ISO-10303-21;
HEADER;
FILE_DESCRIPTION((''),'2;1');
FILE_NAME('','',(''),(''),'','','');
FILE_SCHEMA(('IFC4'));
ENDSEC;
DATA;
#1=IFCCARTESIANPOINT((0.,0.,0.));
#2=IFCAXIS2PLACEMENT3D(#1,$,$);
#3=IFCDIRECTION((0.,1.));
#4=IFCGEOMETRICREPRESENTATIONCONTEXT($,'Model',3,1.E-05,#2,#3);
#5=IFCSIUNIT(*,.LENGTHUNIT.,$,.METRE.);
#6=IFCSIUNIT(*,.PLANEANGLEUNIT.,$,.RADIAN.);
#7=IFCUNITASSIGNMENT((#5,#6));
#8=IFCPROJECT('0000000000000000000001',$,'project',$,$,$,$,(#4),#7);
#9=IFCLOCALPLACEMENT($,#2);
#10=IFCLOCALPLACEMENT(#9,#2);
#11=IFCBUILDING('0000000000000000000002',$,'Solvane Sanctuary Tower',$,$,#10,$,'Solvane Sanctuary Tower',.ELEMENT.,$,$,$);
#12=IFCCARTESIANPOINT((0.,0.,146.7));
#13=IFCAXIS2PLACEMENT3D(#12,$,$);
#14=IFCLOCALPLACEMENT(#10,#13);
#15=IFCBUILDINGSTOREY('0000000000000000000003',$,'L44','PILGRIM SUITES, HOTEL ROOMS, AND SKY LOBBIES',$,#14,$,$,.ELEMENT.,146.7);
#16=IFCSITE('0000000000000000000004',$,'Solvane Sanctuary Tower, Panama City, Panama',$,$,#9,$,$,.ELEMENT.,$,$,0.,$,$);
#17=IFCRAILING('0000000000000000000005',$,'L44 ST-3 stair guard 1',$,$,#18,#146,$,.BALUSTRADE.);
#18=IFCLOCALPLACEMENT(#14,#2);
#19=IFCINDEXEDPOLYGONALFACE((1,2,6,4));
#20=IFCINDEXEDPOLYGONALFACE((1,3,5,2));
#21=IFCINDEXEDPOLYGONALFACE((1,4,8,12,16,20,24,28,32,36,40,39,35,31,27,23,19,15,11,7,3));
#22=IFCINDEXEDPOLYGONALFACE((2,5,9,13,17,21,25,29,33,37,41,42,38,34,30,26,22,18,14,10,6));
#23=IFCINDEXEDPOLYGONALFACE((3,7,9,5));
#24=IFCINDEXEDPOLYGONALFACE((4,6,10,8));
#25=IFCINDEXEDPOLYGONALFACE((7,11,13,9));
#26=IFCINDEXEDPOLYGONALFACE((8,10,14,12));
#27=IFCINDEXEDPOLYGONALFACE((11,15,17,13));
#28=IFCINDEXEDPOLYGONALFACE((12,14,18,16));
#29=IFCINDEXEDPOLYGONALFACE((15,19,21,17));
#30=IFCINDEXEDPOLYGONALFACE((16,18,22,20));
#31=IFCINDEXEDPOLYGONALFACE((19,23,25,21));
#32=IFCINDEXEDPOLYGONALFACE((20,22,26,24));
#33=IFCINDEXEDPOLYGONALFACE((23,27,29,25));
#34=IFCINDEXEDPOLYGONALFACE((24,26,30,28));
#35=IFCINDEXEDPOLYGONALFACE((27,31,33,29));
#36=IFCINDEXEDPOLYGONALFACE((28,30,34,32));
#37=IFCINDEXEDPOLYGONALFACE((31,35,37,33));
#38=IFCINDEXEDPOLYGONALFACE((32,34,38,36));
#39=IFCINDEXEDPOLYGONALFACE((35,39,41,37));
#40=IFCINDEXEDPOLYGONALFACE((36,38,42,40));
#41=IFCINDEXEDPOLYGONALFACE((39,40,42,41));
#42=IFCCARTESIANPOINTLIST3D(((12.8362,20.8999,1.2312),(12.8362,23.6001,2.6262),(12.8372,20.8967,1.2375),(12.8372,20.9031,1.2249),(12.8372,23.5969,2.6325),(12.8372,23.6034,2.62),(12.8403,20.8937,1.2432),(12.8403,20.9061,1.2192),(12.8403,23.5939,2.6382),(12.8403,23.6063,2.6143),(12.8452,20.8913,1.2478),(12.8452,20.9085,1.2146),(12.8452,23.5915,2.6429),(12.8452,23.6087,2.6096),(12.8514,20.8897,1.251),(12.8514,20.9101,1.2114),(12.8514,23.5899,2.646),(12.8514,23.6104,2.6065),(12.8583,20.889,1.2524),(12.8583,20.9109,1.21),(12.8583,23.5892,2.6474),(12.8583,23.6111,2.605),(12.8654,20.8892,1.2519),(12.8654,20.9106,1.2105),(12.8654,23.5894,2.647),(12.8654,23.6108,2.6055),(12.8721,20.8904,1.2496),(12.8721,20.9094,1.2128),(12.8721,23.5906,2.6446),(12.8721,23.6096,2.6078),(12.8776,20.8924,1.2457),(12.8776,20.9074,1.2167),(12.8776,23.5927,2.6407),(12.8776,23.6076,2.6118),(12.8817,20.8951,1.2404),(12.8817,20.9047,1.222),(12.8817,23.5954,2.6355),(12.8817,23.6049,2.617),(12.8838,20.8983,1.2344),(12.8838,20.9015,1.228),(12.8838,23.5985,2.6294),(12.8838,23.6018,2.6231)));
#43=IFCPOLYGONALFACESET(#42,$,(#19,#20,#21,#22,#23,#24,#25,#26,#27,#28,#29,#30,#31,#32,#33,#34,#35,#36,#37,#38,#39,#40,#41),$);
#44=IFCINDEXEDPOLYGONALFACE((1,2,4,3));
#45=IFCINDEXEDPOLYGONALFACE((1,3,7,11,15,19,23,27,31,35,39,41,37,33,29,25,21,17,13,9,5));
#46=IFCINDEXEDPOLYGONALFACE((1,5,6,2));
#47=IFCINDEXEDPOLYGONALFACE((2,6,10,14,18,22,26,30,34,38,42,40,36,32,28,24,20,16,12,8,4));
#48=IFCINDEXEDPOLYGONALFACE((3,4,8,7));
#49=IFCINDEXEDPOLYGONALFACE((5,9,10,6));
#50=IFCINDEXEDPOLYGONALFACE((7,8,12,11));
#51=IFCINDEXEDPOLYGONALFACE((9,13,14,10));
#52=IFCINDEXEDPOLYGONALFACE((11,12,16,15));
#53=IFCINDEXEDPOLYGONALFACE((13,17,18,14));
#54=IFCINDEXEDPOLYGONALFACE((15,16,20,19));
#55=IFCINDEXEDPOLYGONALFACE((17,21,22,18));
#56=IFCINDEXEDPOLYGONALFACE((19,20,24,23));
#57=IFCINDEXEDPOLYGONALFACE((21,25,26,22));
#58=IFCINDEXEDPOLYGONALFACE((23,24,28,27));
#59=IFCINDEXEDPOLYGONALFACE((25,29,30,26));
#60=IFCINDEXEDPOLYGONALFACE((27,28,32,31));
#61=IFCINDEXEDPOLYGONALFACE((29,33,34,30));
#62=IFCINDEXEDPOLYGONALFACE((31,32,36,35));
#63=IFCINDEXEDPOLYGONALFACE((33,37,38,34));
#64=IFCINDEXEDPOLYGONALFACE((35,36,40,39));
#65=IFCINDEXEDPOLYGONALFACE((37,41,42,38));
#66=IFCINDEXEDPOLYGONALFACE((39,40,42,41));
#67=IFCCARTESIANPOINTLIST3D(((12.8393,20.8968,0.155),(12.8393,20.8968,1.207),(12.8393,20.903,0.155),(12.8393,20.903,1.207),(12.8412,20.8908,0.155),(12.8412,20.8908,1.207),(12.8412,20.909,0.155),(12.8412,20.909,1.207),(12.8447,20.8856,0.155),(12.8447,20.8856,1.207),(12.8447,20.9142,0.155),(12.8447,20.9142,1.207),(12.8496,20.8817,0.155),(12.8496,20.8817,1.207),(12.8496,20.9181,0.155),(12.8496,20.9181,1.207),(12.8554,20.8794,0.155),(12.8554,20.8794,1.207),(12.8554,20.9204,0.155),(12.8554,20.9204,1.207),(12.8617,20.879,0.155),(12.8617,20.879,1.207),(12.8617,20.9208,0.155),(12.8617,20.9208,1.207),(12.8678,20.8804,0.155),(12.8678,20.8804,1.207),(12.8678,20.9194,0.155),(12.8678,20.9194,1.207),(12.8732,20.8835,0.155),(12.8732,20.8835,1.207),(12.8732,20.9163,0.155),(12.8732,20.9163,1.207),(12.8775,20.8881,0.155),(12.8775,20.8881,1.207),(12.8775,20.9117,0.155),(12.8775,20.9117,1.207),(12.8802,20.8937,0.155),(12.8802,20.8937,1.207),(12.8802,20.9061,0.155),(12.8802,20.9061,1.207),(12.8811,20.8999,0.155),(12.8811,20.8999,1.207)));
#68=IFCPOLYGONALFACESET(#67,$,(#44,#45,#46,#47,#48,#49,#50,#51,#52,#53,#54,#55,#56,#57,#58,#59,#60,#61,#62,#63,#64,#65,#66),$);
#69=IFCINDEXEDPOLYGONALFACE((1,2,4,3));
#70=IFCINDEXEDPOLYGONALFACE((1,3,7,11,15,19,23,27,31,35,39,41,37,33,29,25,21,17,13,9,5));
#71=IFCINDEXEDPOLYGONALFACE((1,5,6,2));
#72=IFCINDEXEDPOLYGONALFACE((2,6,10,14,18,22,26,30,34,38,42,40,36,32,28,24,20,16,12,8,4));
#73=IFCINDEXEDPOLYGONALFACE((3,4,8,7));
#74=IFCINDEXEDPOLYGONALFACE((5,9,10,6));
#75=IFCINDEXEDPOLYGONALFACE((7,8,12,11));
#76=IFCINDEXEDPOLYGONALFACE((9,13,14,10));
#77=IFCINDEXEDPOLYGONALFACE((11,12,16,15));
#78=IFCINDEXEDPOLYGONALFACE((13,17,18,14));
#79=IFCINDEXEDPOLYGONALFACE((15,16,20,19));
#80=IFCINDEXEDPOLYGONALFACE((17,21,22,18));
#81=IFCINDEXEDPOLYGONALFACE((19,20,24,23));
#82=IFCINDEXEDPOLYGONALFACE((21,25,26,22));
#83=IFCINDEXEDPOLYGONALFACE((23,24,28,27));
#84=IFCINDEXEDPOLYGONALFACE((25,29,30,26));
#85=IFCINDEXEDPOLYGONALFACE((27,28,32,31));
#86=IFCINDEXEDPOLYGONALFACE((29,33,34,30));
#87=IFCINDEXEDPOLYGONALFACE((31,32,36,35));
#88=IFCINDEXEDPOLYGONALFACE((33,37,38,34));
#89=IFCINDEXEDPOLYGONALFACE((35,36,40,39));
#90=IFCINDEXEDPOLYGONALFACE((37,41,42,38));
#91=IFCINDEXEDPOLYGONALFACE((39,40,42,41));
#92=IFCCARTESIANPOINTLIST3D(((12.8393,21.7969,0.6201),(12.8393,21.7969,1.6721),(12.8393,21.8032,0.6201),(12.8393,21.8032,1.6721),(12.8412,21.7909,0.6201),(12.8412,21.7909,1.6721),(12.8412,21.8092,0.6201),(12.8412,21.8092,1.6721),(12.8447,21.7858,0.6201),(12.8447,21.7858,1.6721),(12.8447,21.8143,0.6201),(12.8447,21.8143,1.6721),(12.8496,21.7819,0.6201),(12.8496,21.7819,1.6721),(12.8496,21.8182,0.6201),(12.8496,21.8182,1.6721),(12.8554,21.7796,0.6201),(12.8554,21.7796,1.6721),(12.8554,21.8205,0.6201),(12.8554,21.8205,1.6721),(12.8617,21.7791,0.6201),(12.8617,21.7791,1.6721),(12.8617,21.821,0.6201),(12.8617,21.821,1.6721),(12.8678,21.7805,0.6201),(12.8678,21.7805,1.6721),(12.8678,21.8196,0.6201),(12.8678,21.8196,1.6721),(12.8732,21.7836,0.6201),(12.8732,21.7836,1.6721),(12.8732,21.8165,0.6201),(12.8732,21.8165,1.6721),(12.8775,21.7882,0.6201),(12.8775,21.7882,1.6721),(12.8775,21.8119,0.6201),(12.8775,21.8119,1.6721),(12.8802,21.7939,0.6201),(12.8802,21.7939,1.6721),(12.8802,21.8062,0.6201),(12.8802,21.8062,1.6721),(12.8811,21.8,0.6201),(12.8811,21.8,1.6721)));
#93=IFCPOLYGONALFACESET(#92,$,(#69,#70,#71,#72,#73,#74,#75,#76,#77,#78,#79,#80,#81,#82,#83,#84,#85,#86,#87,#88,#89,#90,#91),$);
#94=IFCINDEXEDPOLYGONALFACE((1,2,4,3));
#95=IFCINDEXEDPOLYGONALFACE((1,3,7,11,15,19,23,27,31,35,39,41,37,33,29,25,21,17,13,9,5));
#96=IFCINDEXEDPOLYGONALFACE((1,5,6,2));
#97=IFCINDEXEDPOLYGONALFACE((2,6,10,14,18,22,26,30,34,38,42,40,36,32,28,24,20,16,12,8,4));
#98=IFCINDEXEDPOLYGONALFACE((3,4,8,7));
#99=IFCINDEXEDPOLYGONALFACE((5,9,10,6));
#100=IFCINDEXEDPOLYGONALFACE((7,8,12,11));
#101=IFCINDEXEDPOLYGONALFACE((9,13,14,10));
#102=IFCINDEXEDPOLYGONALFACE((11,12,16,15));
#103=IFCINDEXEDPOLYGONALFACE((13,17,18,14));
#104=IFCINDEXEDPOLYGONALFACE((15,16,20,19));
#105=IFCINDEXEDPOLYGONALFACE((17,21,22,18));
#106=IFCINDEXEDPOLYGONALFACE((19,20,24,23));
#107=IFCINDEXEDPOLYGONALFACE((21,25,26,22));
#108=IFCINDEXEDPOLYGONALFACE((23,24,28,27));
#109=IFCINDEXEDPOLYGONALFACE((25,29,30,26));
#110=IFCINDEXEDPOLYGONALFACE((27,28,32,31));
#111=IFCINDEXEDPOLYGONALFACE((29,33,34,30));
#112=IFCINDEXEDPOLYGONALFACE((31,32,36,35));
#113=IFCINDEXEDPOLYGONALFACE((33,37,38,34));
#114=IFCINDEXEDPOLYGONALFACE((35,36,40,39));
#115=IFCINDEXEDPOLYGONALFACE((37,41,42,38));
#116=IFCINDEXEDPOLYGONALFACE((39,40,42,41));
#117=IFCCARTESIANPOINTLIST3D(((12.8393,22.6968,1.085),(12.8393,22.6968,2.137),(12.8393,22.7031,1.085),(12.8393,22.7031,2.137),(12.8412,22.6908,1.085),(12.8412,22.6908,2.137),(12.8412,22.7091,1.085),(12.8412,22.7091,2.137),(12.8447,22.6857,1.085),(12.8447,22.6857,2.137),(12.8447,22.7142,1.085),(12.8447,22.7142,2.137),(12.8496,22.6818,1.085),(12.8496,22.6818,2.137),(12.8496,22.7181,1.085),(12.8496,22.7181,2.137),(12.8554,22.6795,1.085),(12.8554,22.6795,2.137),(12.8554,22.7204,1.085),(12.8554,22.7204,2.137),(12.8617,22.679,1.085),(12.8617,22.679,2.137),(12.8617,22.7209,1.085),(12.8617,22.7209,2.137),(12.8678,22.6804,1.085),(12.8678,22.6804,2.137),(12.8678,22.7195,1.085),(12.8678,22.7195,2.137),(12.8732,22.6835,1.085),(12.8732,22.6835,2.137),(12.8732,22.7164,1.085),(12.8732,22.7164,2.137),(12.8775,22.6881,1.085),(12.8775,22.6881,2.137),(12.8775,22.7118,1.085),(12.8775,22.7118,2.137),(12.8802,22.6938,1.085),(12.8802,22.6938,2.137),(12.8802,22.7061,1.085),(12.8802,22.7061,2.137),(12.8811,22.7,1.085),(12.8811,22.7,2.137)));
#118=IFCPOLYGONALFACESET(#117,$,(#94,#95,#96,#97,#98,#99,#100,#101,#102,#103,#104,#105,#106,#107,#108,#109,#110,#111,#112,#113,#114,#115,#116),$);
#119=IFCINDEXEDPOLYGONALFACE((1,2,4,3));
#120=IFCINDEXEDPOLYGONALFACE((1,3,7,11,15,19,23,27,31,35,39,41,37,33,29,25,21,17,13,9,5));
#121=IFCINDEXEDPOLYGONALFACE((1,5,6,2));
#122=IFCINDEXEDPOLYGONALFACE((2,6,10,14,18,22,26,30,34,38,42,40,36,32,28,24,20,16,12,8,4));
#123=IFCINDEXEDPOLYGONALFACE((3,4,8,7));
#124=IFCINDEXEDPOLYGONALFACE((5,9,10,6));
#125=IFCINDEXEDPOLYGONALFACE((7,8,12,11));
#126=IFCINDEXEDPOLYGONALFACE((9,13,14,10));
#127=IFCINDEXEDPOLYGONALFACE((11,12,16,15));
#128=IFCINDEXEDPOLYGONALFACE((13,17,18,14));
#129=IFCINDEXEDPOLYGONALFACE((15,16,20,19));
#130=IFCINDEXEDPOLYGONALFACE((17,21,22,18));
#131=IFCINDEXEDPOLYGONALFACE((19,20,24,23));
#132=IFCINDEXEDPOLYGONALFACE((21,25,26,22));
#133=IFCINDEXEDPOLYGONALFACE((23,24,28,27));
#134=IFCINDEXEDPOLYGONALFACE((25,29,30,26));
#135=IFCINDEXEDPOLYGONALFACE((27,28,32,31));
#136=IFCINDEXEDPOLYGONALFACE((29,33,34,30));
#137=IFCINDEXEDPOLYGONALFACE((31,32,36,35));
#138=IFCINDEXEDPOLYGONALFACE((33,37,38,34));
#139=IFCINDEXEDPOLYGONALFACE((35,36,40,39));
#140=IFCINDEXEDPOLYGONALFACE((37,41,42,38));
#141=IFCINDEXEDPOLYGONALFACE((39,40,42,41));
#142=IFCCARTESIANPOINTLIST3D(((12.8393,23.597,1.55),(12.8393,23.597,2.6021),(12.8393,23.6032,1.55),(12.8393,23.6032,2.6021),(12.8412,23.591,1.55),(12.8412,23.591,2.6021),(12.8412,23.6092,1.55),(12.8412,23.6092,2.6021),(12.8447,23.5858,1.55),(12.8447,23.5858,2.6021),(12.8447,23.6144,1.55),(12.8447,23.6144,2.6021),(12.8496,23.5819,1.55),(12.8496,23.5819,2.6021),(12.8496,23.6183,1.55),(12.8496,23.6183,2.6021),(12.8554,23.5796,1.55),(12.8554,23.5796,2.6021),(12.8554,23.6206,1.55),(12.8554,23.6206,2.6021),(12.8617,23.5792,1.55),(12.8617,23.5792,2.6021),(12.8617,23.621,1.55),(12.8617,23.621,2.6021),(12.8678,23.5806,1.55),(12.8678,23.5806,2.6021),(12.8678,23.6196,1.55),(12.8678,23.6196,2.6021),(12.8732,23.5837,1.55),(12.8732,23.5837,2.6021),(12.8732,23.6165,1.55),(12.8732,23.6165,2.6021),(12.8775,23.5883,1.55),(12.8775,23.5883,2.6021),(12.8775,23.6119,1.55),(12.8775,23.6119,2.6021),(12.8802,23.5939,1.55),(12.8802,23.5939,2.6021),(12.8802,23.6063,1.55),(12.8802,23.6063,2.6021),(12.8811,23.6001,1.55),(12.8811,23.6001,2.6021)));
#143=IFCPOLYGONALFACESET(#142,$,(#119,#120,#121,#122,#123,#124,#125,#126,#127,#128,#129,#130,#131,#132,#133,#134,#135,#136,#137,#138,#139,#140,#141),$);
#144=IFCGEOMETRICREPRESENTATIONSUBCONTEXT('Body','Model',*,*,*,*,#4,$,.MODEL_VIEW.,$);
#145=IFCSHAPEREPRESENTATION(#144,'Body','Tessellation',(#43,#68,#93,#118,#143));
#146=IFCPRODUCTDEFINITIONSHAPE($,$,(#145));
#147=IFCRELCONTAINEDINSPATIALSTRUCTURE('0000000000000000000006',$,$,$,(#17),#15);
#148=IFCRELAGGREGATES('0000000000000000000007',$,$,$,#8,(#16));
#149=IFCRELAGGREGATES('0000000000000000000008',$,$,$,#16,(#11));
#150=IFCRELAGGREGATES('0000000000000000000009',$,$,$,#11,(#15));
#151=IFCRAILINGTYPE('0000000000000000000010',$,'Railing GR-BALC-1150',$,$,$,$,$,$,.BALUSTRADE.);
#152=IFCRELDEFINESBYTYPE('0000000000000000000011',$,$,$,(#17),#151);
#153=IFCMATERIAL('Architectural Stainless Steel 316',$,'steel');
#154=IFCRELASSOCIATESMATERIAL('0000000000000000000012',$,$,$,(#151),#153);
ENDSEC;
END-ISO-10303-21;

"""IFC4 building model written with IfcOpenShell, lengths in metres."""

from ifc_helpers import new_model, si_unit, direction, frame, origin, origin_2d, place, context, subcontext, project, spatial, circle, extrude, material, type_object, element, save


model = new_model("IFC4")

# Units and contexts
model_context = context("Model", 3, precision=1e-05, world=origin(), true_north=direction((0.0, 1.0)))
body_context = subcontext(model_context, "Body", "Model", "MODEL_VIEW")
ifc_project = project(units=[si_unit("LENGTHUNIT", "METRE"), si_unit("PLANEANGLEUNIT", "RADIAN")], contexts=[model_context])

# Site, building, storey
site_placement = place(None, origin())
site = spatial("IfcSite", under=ifc_project, at=site_placement, Name="Solvane Sanctuary Tower, Panama City, Panama", CompositionType="ELEMENT", RefElevation=0.0)
building_placement = place(site_placement, origin())
building = spatial("IfcBuilding", under=site, at=building_placement, Name="Solvane Sanctuary Tower", LongName="Solvane Sanctuary Tower", CompositionType="ELEMENT")
storey_placement = place(building_placement, frame((0.0, 0.0, 146.7)))
storey = spatial("IfcBuildingStorey", under=building, at=storey_placement, Name="L44", Description="PILGRIM SUITES, HOTEL ROOMS, AND SKY LOBBIES", CompositionType="ELEMENT", Elevation=146.7)

# Railing
ifc_material_1 = material(Name="Architectural Stainless Steel 316", Category="steel")
railing_type_1 = type_object("IfcRailingType", Name="Railing GR-BALC-1150", PredefinedType="BALUSTRADE", material=ifc_material_1)
railing_1_placement = place(storey_placement, frame((12.8601, 20.8999, 0.155)))
element("IfcRailing", 1, at=railing_1_placement, inside=storey, type_object=railing_type_1, Name="L44 ST-3 stair guard 1", PredefinedType="BALUSTRADE", context=body_context, shape_type="SweptSolid", body=[
    extrude(circle(Radius=0.0239, at=origin_2d()), frame((0.0, 0.0, 1.0762), z_axis=(0.0, 0.888437, 0.458999), x_axis=(-1.0, 0.0, 0.0)), (0.0, 0.0, 1.0), 3.0393),
    extrude(circle(Radius=0.021, at=origin_2d()), origin(), (0.0, 0.0, 1.0), 1.052),
    extrude(circle(Radius=0.021, at=origin_2d()), frame((0.0, 0.9001, 0.4651)), (0.0, 0.0, 1.0), 1.052),
    extrude(circle(Radius=0.021, at=origin_2d()), frame((0.0, 1.8, 0.9299)), (0.0, 0.0, 1.0), 1.052),
    extrude(circle(Radius=0.021, at=origin_2d()), frame((0.0, 2.7002, 1.395)), (0.0, 0.0, 1.0), 1.052),
])

save(model, "model.ifc")
